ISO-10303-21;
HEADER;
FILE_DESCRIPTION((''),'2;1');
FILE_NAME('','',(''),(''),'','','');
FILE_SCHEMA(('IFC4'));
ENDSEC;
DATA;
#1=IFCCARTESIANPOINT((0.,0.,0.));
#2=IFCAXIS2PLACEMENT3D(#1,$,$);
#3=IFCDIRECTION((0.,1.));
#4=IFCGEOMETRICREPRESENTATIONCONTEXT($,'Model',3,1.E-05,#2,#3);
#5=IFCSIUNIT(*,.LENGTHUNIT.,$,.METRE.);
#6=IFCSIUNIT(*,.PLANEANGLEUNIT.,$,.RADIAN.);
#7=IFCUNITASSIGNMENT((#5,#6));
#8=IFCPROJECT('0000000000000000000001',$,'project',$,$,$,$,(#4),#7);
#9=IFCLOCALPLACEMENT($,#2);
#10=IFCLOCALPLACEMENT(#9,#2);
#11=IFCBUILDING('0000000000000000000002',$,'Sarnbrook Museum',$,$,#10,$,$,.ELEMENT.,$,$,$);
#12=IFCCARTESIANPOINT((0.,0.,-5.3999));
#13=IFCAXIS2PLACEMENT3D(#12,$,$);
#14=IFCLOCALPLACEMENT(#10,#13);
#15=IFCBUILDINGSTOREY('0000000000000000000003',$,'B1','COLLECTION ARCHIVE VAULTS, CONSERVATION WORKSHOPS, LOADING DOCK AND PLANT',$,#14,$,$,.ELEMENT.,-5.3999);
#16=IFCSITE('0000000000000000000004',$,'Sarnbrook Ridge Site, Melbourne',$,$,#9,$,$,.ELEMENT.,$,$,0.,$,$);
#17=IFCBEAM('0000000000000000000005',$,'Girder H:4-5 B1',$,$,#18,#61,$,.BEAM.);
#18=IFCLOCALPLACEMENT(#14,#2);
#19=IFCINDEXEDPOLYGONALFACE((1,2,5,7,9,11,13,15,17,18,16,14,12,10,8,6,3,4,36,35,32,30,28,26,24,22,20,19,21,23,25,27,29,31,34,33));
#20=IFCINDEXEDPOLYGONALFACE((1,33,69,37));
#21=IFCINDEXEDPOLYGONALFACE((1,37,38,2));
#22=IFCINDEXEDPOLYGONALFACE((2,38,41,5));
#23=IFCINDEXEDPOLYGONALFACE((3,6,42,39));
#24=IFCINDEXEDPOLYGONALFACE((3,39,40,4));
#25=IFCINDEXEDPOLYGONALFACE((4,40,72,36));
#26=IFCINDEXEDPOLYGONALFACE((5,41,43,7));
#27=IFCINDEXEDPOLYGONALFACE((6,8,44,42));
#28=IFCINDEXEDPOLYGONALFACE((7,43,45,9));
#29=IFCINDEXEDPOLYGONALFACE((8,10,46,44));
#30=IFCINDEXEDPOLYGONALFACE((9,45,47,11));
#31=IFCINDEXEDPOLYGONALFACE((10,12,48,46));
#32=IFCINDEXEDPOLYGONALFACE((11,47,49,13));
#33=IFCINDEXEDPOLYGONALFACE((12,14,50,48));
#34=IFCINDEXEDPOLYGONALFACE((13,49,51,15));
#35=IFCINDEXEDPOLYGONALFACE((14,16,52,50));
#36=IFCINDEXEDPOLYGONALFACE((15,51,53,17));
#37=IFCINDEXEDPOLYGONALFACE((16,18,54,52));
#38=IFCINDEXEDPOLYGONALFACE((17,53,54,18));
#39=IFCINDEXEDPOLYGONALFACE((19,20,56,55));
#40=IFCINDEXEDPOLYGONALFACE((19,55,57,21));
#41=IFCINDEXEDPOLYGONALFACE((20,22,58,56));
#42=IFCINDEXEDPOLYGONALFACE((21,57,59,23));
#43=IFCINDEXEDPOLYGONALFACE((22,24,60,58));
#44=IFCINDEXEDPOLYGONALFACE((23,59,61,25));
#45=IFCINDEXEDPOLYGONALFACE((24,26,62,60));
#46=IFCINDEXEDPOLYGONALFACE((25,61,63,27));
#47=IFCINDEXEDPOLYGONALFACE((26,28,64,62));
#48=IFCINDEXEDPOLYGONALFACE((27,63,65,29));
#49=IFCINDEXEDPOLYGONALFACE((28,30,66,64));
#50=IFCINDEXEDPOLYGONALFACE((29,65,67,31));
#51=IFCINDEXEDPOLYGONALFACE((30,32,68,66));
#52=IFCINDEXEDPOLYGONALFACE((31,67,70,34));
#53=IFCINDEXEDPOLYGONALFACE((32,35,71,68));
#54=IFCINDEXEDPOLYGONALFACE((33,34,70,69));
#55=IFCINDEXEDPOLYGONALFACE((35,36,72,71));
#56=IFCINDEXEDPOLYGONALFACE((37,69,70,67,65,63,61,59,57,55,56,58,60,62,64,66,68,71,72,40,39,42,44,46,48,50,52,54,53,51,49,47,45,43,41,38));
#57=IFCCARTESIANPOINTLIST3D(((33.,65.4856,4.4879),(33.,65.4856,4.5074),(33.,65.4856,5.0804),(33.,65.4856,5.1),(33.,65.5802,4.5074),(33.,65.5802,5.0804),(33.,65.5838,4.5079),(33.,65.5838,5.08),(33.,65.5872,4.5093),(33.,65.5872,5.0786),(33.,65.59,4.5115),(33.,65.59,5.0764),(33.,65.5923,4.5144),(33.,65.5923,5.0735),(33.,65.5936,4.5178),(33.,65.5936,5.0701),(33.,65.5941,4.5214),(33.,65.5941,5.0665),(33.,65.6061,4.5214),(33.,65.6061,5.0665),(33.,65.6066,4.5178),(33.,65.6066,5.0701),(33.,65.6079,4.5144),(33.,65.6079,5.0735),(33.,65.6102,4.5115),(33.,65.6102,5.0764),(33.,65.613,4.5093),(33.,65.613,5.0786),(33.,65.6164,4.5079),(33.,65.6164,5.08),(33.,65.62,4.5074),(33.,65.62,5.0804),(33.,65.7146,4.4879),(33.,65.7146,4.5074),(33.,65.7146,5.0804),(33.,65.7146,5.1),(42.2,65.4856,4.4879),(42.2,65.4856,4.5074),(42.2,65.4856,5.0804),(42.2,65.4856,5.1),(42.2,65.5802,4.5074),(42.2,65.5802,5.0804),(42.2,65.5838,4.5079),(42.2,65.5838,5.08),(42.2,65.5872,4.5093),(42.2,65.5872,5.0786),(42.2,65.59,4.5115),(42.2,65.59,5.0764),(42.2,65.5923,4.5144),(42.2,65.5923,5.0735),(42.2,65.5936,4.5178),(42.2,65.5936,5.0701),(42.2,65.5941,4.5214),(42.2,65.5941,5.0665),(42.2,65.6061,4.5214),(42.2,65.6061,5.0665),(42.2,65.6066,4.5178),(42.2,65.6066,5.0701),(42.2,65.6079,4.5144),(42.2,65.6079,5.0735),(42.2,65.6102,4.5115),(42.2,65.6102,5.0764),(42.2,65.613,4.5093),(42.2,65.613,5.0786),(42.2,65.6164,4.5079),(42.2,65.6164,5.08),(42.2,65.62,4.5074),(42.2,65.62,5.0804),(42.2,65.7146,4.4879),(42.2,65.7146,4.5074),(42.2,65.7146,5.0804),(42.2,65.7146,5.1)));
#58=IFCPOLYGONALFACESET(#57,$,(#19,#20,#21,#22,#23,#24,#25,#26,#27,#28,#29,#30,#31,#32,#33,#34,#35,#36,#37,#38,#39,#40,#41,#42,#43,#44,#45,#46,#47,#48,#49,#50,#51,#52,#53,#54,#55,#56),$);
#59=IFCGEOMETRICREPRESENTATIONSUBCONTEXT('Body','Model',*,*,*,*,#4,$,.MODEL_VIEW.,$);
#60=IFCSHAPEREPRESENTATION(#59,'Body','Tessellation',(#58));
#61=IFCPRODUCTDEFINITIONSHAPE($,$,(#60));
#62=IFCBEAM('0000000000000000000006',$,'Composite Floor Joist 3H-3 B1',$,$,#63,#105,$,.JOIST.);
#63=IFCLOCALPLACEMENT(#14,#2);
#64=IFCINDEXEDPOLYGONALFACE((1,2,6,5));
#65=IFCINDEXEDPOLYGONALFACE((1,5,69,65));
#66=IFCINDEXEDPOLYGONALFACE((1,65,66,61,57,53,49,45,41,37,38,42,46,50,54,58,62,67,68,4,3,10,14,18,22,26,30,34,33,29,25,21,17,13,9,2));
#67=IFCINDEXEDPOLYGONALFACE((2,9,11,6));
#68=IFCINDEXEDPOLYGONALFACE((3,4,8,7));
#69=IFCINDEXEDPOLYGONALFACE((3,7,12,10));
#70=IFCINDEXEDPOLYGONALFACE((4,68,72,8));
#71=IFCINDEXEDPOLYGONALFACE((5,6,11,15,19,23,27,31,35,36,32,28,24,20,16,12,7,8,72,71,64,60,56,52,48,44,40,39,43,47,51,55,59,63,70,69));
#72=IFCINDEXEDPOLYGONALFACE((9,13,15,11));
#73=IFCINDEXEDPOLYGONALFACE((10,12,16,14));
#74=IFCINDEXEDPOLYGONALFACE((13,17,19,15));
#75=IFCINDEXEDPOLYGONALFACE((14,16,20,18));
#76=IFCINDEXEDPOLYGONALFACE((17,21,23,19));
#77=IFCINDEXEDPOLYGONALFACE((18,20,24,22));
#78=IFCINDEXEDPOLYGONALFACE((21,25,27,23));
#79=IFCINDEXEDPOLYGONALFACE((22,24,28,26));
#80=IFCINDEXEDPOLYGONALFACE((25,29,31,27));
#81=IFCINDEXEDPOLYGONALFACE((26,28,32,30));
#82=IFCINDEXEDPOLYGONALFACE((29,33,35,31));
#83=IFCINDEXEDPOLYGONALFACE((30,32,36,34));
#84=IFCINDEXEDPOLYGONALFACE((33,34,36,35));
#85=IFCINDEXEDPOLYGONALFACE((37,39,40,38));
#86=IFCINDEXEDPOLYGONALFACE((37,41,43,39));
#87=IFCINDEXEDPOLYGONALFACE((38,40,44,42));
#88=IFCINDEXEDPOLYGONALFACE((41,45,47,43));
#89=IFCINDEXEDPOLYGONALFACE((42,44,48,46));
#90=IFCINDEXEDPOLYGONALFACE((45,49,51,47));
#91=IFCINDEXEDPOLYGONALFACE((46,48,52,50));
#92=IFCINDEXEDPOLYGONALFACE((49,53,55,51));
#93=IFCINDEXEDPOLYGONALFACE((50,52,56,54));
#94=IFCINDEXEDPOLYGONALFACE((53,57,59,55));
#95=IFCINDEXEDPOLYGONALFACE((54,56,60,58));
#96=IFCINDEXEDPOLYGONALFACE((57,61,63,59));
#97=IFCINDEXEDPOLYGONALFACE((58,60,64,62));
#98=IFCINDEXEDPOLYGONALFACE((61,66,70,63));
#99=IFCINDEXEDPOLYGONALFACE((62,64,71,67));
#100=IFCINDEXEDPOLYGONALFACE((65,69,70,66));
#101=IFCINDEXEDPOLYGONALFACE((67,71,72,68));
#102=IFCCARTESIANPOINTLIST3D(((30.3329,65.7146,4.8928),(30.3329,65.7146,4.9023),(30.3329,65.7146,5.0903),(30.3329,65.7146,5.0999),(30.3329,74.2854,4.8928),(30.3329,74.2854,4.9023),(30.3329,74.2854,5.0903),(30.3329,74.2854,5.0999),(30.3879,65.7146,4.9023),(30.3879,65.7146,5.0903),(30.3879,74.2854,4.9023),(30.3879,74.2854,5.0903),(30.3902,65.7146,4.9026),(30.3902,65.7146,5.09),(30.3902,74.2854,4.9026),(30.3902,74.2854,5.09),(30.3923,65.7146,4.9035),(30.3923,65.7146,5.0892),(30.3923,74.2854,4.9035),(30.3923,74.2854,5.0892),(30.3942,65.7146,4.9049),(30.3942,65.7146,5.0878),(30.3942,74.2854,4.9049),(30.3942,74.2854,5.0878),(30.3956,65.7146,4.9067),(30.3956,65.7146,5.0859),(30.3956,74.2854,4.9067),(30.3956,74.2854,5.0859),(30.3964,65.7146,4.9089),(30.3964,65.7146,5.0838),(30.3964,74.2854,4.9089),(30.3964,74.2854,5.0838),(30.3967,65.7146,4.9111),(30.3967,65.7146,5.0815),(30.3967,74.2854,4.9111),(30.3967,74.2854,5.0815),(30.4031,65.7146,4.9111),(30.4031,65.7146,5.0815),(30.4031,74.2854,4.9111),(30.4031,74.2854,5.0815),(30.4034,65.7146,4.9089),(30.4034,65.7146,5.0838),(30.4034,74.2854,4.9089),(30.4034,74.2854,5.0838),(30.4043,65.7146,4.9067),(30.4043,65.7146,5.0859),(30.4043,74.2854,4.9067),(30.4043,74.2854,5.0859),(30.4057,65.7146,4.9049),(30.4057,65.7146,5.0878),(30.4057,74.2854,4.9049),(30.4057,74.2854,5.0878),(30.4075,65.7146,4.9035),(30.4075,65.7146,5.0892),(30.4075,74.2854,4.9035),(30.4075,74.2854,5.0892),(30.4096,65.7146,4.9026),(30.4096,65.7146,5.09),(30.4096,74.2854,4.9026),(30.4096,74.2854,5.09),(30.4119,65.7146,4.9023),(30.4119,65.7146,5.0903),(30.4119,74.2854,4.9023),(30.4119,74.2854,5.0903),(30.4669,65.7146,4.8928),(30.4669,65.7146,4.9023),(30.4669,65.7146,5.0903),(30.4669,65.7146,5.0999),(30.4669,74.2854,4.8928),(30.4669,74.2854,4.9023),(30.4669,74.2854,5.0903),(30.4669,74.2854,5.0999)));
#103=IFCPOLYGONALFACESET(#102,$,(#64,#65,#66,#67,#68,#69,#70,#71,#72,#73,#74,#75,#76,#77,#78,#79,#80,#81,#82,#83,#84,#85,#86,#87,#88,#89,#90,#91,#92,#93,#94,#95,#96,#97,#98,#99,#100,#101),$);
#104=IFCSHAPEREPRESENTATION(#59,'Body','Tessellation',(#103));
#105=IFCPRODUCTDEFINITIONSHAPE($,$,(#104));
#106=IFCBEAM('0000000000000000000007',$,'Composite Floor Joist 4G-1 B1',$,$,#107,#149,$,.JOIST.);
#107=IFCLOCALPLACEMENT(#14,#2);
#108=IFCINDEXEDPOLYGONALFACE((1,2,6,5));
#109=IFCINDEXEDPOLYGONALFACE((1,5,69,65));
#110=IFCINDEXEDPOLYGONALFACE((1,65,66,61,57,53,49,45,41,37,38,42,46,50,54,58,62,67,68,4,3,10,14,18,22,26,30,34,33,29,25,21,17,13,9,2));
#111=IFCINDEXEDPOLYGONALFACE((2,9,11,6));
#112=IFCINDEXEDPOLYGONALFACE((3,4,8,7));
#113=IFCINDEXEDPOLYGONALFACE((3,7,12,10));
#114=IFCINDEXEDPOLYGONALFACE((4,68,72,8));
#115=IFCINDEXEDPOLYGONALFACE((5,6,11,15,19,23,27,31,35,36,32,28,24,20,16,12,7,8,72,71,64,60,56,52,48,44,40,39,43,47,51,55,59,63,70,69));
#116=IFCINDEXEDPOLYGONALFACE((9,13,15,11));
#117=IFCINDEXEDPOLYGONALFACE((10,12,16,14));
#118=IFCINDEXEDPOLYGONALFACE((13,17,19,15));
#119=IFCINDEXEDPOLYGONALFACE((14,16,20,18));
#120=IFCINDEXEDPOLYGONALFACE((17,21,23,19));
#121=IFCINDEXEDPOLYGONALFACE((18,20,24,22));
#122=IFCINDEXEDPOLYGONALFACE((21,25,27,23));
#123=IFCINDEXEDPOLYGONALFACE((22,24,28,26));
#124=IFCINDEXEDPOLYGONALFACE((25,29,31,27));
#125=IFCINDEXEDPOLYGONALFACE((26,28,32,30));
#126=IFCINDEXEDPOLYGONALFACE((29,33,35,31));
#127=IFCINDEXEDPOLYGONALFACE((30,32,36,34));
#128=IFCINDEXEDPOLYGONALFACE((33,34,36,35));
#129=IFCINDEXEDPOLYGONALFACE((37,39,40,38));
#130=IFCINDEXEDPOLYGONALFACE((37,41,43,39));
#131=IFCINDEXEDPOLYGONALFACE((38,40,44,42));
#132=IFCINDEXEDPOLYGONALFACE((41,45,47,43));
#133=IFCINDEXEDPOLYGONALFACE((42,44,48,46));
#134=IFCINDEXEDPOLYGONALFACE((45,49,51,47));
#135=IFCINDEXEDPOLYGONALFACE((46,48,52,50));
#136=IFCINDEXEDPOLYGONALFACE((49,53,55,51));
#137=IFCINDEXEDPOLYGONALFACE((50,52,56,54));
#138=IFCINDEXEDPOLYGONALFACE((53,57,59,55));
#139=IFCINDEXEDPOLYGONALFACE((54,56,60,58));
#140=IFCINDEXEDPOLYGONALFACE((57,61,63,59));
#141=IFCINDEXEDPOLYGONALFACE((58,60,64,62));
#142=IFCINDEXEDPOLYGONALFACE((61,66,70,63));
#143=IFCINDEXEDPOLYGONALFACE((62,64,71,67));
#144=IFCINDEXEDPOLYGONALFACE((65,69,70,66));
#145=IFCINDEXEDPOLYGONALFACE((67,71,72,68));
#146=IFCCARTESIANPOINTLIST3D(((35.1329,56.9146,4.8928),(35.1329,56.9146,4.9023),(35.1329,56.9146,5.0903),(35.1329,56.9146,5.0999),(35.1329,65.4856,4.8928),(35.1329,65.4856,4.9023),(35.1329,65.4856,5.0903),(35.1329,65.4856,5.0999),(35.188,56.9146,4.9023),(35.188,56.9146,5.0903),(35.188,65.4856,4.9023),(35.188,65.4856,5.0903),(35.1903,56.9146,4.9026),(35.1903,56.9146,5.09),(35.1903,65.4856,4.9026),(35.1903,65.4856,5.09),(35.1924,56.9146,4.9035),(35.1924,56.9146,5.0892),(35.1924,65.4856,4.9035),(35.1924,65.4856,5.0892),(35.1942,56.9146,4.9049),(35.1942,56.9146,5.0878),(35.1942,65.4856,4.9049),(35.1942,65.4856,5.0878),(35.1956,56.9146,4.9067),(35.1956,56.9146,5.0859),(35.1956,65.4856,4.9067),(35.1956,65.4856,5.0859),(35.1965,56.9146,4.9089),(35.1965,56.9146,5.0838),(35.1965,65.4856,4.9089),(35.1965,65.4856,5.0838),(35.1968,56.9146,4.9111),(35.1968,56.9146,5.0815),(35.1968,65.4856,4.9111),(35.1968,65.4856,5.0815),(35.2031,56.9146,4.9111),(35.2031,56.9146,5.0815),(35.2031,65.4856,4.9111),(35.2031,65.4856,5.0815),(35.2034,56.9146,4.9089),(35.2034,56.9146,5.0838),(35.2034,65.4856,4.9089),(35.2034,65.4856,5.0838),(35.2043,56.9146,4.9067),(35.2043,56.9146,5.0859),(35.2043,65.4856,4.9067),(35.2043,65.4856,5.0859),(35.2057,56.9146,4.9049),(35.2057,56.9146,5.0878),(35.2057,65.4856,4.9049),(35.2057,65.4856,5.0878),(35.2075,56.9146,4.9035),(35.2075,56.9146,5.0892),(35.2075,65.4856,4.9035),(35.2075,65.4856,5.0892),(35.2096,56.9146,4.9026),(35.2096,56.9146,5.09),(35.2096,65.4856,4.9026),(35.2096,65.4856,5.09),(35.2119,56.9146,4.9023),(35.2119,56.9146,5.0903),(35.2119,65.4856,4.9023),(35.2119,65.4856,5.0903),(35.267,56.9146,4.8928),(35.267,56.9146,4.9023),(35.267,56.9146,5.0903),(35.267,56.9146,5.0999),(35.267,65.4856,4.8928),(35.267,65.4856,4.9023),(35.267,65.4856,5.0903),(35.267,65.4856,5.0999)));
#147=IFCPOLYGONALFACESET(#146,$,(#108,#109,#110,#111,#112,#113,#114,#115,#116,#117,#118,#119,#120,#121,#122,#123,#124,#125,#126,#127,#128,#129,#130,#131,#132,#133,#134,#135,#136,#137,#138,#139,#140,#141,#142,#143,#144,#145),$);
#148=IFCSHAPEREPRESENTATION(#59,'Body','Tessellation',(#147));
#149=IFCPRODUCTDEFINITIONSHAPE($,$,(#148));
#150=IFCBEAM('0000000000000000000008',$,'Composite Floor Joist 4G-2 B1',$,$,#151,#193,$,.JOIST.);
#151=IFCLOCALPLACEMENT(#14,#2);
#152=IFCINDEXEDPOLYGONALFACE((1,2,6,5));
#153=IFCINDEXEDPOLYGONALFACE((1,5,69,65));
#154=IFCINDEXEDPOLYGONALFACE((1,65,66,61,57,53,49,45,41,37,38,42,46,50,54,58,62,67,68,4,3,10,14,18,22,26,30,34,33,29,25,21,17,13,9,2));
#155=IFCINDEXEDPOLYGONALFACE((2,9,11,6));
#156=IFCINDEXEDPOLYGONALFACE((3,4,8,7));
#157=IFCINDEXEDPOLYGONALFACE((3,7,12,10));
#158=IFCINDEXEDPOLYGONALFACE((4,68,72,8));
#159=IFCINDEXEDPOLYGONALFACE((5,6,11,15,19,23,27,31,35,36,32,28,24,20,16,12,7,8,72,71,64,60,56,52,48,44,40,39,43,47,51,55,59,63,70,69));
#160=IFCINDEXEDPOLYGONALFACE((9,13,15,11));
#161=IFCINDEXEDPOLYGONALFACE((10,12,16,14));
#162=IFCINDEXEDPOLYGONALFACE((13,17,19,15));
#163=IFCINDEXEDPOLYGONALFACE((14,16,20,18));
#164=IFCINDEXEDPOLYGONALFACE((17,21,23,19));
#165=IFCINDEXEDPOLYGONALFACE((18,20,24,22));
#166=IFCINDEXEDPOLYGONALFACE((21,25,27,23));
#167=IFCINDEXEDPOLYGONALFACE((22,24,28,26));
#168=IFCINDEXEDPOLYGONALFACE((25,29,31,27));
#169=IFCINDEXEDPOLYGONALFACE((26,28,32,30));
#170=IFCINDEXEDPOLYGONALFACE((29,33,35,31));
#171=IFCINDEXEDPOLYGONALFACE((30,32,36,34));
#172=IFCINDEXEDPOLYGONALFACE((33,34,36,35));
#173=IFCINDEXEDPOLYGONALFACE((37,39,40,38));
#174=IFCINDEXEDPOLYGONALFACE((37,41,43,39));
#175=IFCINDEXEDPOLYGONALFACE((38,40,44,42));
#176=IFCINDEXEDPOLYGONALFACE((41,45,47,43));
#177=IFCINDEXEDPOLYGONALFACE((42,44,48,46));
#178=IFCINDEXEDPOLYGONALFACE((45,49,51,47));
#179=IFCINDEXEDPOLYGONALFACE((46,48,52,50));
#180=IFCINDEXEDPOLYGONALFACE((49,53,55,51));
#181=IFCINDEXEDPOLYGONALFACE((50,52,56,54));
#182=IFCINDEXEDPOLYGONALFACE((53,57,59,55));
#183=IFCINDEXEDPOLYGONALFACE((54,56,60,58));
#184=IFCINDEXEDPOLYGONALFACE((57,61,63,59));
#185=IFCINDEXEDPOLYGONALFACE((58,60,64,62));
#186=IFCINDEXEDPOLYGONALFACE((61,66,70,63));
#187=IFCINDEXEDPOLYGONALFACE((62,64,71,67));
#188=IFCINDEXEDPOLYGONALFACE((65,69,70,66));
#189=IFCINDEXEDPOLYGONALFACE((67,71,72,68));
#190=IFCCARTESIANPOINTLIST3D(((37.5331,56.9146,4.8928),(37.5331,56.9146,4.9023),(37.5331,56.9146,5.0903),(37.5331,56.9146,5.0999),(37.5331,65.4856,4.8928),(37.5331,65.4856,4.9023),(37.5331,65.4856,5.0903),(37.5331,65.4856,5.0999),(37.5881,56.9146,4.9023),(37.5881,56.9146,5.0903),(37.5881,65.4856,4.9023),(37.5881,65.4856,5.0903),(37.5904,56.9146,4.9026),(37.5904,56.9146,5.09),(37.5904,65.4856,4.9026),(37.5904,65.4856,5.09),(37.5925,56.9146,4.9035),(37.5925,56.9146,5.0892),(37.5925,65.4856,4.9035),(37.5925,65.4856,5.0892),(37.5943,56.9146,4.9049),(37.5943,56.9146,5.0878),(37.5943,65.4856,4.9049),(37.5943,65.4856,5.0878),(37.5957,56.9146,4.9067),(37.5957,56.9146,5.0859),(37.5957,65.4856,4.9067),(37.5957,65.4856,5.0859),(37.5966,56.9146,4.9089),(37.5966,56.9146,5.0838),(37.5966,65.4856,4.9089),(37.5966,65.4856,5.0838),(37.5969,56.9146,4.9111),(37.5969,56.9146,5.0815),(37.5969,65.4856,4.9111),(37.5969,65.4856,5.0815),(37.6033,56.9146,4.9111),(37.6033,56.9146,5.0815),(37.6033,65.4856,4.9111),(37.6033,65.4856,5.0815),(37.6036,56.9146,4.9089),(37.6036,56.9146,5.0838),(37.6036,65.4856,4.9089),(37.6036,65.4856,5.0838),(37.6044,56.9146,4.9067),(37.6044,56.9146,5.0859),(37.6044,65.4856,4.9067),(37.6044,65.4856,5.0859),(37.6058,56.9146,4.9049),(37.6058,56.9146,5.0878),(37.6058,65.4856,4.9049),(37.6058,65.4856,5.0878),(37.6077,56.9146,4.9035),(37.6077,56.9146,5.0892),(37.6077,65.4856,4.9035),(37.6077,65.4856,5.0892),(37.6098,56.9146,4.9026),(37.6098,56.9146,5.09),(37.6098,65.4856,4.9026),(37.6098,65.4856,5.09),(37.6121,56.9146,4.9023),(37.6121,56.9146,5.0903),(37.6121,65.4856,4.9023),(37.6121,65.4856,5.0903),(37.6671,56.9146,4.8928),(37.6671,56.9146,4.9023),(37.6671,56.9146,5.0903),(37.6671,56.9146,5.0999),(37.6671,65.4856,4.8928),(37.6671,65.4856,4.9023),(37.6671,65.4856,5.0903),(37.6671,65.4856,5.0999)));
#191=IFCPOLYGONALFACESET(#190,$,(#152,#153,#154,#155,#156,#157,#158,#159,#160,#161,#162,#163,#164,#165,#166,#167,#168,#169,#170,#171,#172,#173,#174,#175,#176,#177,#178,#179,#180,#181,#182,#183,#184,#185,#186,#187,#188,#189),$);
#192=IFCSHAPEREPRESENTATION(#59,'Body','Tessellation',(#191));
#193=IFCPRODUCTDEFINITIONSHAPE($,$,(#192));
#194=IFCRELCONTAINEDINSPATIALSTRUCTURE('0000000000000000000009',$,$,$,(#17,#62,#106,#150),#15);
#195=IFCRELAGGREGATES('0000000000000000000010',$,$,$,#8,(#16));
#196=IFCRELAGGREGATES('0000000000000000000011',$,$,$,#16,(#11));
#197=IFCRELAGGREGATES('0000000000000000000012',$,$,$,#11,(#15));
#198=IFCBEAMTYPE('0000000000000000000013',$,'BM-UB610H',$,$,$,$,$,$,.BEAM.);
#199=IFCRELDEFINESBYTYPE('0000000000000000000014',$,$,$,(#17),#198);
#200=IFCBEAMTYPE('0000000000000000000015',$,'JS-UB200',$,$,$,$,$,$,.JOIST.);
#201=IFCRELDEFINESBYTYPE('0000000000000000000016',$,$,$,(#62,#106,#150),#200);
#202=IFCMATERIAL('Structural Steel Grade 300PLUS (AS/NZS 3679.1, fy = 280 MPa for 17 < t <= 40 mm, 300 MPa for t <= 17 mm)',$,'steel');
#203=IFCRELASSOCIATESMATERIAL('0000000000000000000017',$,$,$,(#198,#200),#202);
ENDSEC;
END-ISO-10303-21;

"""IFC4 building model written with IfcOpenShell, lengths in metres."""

from ifc_helpers import new_model, si_unit, direction, frame, origin, origin_2d, place, context, subcontext, project, spatial, i_section, extrude, material, material_profile, profile_set, type_object, element, save


model = new_model("IFC4")

# Units and contexts
model_context = context("Model", 3, precision=1e-05, world=origin(), true_north=direction((0.0, 1.0)))
body_context = subcontext(model_context, "Body", "Model", "MODEL_VIEW")
ifc_project = project(units=[si_unit("LENGTHUNIT", "METRE"), si_unit("PLANEANGLEUNIT", "RADIAN")], contexts=[model_context])

# Site, building, storey
site_placement = place(None, origin())
site = spatial("IfcSite", under=ifc_project, at=site_placement, Name="Sarnbrook Ridge Site, Melbourne", CompositionType="ELEMENT", RefElevation=0.0)
building_placement = place(site_placement, origin())
building = spatial("IfcBuilding", under=site, at=building_placement, Name="Sarnbrook Museum", CompositionType="ELEMENT")
storey_placement = place(building_placement, frame((0.0, 0.0, -5.3999)))
storey = spatial("IfcBuildingStorey", under=building, at=storey_placement, Name="B1", Description="COLLECTION ARCHIVE VAULTS, CONSERVATION WORKSHOPS, LOADING DOCK AND PLANT", CompositionType="ELEMENT", Elevation=-5.3999)

# Beams
ifc_material_1 = material(Name="Structural Steel Grade 300PLUS (AS/NZS 3679.1, fy = 280 MPa for 17 < t <= 40 mm, 300 MPa for t <= 17 mm)", Category="steel")
ifc_material_profile_1 = material_profile(ifc_material_1, i_section(OverallWidth=0.229, OverallDepth=0.6121, WebThickness=0.012, FlangeThickness=0.0195, FilletRadius=0.0139, at=origin_2d()), Name="610UB125")
ifc_profile_set_1 = profile_set([ifc_material_profile_1], Name="Structural Steel Grade 300PLUS (AS/NZS 3679.1, fy = 280 MPa for 17 < t <= 40 mm, 300 MPa for t <= 17 mm)")
beam_type_1 = type_object("IfcBeamType", Name="BM-UB610H", PredefinedType="BEAM", material=ifc_profile_set_1)
for number, where, z_axis, x_axis, name in (
    (1, (33.0, 65.6001, 4.7939), (1.0, 0.0, 0.0), (0.0, 1.0, 0.0), "Girder H:4-5 B1"),
):
    element("IfcBeam", number, at=place(storey_placement, frame(where, z_axis=z_axis, x_axis=x_axis)), inside=storey, type_object=beam_type_1, Name=name, PredefinedType="BEAM", context=body_context, shape_type="SweptSolid", body=[
        extrude(i_section(OverallWidth=0.229, OverallDepth=0.6121, WebThickness=0.012, FlangeThickness=0.0195, FilletRadius=0.0139, at=origin_2d()), origin(), (0.0, 0.0, 1.0), 9.2),
    ])
ifc_material_profile_2 = material_profile(ifc_material_1, i_section(OverallWidth=0.134, OverallDepth=0.207, WebThickness=0.0063, FlangeThickness=0.0095, FilletRadius=0.0088, at=origin_2d()), Name="200UB29.8")
ifc_profile_set_2 = profile_set([ifc_material_profile_2], Name="Structural Steel Grade 300PLUS (AS/NZS 3679.1, fy = 280 MPa for 17 < t <= 40 mm, 300 MPa for t <= 17 mm)")
beam_type_2 = type_object("IfcBeamType", Name="JS-UB200", PredefinedType="JOIST", material=ifc_profile_set_2)
beam_1_placement = place(storey_placement, frame((30.3999, 65.7146, 4.9963), z_axis=(0.0, 1.0, 0.0), x_axis=(-1.0, 0.0, 0.0)))
element("IfcBeam", 2, at=beam_1_placement, inside=storey, type_object=beam_type_2, Name="Composite Floor Joist 3H-3 B1", PredefinedType="JOIST", context=body_context, shape_type="SweptSolid", body=[
    extrude(i_section(OverallWidth=0.134, OverallDepth=0.207, WebThickness=0.0063, FlangeThickness=0.0095, FilletRadius=0.0088, at=origin_2d()), origin(), (0.0, 0.0, 1.0), 8.5708),
])
for number, where, z_axis, x_axis, name in (
    (3, (35.2, 56.9146, 4.9963), (0.0, 1.0, 0.0), (-1.0, 0.0, 0.0), "Composite Floor Joist 4G-1 B1"),
    (4, (37.6001, 56.9146, 4.9963), (0.0, 1.0, 0.0), (-1.0, 0.0, 0.0), "Composite Floor Joist 4G-2 B1"),
):
    element("IfcBeam", number, at=place(storey_placement, frame(where, z_axis=z_axis, x_axis=x_axis)), inside=storey, type_object=beam_type_2, Name=name, PredefinedType="JOIST", context=body_context, shape_type="SweptSolid", body=[
        extrude(i_section(OverallWidth=0.134, OverallDepth=0.207, WebThickness=0.0063, FlangeThickness=0.0095, FilletRadius=0.0088, at=origin_2d()), origin(), (0.0, 0.0, 1.0), 8.571),
    ])

save(model, "model.ifc")
